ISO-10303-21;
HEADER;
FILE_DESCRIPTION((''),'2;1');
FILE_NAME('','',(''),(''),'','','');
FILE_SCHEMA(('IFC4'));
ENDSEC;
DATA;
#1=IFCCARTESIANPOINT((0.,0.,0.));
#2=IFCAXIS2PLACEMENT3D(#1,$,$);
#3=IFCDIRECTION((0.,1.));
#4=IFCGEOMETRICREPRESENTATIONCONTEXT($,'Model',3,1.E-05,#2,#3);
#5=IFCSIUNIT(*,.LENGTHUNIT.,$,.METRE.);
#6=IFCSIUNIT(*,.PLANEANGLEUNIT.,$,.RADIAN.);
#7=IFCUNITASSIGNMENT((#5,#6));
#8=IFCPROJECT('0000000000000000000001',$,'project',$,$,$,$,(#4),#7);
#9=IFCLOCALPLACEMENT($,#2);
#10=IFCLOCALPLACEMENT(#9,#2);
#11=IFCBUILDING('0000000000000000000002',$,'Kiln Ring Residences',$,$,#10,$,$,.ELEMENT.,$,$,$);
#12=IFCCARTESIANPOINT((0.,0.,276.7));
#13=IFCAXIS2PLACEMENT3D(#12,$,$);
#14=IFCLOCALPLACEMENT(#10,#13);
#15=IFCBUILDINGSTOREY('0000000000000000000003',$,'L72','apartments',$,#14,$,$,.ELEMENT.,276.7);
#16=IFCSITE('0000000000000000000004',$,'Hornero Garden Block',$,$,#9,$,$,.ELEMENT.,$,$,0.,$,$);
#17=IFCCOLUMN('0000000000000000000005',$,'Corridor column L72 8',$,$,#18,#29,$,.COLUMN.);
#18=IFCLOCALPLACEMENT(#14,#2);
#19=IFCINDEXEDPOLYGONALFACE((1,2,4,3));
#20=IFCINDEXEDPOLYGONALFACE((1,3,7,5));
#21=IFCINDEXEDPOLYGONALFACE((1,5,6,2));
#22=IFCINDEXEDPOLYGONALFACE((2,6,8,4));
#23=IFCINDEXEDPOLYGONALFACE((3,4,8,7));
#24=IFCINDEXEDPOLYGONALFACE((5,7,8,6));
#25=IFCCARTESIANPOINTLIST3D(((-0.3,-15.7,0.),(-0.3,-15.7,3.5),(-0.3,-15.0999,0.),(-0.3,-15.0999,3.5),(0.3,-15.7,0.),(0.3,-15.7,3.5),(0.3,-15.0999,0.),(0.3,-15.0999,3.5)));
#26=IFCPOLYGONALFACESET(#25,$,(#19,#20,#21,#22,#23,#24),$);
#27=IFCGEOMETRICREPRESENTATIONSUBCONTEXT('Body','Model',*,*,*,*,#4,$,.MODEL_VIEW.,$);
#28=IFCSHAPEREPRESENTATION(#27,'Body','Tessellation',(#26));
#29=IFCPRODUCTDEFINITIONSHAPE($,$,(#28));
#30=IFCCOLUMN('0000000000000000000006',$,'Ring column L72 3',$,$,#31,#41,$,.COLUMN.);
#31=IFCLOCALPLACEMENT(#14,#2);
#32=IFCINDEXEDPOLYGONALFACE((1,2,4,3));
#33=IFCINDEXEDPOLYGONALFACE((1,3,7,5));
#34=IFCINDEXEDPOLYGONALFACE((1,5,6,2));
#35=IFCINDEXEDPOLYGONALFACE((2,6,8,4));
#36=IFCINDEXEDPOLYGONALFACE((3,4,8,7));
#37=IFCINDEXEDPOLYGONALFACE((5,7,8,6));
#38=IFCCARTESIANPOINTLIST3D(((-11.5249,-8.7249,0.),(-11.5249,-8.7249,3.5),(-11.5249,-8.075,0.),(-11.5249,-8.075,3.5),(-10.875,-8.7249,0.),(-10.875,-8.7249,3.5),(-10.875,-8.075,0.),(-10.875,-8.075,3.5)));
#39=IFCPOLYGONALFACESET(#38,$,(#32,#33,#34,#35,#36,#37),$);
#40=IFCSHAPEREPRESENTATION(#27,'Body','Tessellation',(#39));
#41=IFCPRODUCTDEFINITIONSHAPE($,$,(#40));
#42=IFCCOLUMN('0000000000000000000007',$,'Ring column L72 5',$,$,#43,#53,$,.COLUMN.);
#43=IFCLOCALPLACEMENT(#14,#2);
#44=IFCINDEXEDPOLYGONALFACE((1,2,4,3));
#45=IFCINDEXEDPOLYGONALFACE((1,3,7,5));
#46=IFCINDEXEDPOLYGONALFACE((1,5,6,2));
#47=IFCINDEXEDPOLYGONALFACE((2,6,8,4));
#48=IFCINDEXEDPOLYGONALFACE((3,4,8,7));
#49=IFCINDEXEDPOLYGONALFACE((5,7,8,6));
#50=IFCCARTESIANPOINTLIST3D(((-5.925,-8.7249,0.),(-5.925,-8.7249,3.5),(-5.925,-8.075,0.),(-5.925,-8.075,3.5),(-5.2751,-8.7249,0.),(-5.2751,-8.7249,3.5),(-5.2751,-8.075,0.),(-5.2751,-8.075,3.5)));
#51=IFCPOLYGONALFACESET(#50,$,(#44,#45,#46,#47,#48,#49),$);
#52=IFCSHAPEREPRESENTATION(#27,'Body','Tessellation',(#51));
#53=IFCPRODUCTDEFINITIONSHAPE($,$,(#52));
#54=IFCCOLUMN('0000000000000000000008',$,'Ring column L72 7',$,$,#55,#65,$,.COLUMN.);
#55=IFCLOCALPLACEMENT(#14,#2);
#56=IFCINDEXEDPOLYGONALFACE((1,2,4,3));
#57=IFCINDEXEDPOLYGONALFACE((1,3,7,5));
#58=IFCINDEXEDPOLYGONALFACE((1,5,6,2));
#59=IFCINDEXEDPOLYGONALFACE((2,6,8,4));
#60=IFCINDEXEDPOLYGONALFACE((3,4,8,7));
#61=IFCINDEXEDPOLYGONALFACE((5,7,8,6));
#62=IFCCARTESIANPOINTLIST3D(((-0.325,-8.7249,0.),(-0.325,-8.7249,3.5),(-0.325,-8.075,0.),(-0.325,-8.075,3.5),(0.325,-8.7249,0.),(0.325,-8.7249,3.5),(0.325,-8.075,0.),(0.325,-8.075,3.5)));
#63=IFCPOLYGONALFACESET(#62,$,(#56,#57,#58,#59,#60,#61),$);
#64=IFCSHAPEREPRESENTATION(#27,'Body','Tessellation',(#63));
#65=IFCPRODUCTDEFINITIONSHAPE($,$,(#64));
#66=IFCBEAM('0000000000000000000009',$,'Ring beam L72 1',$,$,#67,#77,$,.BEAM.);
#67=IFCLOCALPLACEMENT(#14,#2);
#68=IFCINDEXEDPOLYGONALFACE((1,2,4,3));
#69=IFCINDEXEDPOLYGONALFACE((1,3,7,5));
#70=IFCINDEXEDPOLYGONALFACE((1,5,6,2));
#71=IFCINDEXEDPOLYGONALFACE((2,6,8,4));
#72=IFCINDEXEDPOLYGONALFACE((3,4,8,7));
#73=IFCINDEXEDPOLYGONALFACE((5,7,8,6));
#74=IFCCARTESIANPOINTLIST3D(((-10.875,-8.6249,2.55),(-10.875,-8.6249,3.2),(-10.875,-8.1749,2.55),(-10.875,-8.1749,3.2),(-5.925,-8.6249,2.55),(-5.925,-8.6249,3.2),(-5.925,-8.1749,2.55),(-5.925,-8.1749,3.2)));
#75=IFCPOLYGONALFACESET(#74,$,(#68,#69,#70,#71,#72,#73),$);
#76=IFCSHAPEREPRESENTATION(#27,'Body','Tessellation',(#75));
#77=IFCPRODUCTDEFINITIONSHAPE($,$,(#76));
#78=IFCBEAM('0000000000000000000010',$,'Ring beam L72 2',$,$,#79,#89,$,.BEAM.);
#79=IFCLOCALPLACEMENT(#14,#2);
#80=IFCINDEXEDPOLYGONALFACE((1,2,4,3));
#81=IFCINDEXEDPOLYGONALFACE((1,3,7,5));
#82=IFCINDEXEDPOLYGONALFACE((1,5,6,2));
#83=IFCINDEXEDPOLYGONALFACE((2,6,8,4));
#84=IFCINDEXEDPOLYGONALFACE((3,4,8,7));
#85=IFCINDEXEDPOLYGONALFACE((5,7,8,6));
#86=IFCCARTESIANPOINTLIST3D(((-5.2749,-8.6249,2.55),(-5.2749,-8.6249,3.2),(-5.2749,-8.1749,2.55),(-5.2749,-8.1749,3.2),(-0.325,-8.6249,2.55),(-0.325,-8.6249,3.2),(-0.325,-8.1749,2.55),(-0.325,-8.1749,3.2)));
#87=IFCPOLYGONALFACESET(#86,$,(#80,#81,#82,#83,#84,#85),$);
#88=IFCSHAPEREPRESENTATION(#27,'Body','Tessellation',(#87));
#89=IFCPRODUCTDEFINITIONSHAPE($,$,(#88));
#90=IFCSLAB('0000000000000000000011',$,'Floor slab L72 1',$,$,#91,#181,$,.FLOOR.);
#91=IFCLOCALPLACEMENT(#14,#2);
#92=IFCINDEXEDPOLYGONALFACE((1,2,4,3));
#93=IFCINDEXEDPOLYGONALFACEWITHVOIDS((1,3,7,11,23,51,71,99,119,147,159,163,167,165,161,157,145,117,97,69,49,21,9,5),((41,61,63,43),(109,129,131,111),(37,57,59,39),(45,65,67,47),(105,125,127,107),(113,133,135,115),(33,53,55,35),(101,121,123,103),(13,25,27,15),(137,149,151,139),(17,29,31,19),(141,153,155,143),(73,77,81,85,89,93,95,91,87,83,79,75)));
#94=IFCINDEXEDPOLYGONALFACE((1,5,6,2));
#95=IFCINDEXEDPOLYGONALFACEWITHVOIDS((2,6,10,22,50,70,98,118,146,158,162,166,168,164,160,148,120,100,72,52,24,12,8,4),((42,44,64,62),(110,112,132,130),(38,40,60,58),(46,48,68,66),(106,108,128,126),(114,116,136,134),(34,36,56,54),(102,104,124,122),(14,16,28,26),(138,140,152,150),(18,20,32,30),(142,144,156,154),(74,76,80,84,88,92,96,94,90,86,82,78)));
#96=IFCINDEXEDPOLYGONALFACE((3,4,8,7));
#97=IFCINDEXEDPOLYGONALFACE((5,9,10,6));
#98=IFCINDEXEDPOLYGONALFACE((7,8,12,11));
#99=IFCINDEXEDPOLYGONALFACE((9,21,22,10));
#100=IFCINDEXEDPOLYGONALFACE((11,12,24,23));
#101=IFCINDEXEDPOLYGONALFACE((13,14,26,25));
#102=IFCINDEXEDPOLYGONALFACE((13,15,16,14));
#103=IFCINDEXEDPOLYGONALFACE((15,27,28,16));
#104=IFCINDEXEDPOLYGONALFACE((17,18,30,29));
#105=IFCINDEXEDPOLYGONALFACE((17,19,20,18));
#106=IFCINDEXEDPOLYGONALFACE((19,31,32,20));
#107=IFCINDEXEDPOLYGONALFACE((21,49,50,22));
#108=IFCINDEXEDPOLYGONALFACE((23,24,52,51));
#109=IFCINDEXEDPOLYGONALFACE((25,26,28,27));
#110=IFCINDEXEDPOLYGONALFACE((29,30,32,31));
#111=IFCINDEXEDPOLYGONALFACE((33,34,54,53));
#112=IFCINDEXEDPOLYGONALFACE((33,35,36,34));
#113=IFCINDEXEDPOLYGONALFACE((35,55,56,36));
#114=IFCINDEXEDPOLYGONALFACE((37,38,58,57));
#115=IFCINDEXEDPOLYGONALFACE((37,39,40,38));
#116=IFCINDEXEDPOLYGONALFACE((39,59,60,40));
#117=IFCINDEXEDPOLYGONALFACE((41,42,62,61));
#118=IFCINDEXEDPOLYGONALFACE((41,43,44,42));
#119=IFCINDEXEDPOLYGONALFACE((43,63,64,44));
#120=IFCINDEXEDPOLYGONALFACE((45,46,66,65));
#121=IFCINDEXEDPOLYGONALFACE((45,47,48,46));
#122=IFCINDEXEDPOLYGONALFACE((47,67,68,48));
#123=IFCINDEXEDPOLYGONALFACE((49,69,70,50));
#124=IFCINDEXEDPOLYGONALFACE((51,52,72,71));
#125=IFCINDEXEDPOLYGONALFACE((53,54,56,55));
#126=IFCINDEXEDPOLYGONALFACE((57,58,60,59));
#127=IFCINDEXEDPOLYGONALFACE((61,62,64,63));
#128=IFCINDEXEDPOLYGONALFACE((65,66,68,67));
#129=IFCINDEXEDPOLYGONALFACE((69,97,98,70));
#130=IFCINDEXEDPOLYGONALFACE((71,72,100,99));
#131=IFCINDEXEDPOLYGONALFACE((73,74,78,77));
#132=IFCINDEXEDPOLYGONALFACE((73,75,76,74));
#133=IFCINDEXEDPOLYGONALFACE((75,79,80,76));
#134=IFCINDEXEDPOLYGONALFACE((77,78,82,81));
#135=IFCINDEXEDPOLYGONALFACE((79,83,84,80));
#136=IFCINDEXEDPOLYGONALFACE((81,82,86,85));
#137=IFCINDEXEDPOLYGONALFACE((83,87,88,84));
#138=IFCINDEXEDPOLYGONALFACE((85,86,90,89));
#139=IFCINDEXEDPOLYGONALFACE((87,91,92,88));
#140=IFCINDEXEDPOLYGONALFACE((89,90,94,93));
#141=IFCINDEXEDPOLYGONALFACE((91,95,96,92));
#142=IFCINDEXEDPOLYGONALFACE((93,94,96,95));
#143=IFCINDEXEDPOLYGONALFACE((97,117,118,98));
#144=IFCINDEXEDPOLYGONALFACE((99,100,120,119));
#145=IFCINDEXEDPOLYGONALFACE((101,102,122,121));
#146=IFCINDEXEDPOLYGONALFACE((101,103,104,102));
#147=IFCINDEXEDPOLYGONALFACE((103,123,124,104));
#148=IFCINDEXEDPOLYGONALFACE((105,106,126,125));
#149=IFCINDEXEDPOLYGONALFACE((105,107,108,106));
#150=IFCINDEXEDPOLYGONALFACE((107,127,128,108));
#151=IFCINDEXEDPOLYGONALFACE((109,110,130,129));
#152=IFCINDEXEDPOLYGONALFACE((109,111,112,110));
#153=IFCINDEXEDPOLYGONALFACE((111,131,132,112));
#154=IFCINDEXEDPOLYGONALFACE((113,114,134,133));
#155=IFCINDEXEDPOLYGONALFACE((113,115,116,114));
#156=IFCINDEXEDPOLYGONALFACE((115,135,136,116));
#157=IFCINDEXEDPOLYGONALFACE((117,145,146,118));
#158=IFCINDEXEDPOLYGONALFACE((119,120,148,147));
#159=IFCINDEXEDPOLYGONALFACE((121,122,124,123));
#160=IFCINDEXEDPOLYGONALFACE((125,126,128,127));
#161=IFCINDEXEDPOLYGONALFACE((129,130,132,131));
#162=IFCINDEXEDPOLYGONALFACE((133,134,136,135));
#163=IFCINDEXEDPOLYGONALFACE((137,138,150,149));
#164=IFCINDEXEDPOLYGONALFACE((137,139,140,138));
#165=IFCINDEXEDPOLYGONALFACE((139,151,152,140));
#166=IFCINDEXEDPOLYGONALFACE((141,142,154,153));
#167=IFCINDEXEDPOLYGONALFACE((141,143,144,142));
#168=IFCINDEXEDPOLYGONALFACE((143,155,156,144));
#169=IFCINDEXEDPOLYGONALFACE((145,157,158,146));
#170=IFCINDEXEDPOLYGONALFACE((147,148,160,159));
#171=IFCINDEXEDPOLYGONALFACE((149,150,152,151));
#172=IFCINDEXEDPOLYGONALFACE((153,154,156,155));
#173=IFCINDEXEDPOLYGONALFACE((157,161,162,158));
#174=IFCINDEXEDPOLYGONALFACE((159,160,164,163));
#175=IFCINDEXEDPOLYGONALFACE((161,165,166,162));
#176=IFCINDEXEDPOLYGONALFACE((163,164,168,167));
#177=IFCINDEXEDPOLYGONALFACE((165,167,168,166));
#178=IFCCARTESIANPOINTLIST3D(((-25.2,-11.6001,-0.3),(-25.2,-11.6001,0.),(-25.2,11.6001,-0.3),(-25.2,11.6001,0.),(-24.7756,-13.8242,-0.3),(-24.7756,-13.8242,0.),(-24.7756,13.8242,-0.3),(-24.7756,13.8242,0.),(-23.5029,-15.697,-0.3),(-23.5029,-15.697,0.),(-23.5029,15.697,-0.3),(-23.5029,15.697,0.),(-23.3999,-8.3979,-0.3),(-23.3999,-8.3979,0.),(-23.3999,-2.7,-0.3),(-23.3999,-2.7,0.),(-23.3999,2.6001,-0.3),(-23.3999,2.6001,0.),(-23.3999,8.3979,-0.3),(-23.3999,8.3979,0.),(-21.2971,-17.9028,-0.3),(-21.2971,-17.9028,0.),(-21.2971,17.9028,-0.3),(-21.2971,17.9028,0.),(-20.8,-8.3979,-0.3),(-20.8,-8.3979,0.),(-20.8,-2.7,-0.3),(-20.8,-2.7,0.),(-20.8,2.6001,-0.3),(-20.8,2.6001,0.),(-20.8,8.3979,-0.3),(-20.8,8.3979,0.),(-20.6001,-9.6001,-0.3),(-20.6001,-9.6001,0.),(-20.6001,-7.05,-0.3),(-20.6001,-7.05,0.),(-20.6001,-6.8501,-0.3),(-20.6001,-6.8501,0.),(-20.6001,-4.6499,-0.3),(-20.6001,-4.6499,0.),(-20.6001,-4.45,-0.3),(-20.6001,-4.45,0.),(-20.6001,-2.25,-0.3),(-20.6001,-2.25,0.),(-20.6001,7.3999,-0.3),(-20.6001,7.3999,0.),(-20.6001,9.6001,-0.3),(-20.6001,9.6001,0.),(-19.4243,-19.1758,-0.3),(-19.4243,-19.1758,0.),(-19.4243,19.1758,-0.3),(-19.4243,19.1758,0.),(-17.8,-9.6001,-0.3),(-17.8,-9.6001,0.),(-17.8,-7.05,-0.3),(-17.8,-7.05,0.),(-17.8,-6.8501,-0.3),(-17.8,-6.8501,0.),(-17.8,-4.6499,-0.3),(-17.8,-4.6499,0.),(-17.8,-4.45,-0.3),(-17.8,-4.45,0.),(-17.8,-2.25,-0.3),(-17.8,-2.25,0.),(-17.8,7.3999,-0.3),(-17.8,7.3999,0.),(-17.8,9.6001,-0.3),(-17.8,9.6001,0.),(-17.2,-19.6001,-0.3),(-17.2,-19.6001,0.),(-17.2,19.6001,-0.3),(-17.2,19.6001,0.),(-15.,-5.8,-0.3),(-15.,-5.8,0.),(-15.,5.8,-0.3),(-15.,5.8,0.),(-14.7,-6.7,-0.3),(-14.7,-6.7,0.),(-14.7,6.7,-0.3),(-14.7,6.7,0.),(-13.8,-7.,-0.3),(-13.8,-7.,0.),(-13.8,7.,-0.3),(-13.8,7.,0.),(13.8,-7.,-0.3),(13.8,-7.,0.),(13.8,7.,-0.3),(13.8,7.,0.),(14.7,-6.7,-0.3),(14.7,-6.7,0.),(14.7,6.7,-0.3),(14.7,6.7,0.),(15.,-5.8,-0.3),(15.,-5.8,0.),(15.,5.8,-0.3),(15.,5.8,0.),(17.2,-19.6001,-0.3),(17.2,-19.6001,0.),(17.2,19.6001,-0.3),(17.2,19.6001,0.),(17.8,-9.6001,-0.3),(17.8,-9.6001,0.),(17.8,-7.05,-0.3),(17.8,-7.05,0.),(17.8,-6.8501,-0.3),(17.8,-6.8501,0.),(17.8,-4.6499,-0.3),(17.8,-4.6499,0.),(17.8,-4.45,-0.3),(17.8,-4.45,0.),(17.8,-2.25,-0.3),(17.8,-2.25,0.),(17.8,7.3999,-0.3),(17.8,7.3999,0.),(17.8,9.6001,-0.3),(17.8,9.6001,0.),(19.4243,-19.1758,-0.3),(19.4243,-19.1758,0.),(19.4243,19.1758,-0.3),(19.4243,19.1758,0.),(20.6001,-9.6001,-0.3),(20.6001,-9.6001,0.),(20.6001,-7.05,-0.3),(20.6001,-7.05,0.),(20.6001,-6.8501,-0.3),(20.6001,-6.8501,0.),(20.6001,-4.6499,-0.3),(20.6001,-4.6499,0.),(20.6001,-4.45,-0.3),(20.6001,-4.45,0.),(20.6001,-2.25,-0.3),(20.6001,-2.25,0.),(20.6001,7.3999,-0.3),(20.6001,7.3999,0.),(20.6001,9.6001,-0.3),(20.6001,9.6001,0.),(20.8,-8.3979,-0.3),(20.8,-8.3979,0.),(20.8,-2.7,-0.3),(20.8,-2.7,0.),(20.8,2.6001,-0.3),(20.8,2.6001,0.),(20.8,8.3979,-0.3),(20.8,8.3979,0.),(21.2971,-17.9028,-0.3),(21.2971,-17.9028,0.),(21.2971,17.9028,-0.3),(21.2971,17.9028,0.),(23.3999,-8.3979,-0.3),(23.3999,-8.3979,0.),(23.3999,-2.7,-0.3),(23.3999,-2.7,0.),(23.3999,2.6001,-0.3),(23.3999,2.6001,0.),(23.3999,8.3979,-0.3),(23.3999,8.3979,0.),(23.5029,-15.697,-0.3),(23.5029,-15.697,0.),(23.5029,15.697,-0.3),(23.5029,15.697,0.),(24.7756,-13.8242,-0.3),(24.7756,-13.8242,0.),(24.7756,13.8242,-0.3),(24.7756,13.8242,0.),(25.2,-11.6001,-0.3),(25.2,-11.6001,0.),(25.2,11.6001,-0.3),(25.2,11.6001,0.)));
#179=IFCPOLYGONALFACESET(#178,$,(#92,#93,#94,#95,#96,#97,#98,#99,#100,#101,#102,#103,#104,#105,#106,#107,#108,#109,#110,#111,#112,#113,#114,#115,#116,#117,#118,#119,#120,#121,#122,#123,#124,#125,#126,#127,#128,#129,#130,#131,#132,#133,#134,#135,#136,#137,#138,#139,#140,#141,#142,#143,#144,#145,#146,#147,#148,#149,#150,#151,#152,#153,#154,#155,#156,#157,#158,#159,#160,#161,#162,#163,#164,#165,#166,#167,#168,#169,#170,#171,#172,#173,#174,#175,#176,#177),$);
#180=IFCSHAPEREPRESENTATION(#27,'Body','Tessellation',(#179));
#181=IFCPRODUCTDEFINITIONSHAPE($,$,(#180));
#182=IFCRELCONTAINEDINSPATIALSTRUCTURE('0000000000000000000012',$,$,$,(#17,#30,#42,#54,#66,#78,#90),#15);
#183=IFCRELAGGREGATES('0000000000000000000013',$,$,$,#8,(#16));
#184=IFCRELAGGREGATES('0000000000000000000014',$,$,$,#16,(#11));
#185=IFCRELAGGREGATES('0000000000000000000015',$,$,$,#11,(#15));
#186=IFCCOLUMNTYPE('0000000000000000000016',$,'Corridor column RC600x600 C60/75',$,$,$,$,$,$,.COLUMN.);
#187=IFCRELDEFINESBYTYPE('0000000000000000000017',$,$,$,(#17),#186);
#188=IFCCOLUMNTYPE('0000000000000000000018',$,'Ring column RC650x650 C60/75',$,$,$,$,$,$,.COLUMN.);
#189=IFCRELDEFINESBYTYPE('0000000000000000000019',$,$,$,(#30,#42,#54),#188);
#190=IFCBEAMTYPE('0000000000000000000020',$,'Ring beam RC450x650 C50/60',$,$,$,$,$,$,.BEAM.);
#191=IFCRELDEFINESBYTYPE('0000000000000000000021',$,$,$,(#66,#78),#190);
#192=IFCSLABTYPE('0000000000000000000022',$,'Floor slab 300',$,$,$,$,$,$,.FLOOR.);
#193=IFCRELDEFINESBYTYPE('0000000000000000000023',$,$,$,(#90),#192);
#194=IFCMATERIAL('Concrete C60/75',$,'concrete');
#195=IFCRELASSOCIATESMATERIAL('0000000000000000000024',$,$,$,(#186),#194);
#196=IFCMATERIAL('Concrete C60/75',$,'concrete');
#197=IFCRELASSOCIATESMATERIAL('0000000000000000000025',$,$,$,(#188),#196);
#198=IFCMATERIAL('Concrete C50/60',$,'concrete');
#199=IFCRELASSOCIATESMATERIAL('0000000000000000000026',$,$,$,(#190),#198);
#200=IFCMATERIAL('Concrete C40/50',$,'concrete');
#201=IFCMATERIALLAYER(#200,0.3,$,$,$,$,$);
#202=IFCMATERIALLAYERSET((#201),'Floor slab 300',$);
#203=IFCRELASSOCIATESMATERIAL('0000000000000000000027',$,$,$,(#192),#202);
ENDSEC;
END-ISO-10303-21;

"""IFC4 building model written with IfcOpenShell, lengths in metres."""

from ifc_helpers import new_model, si_unit, direction, frame, origin, origin_2d, place, context, subcontext, project, spatial, polyline, rectangle, outline, extrude, material, layer, layer_set, material_profile, profile_set, type_object, element, save


model = new_model("IFC4")

# Units and contexts
model_context = context("Model", 3, precision=1e-05, world=origin(), true_north=direction((0.0, 1.0)))
body_context = subcontext(model_context, "Body", "Model", "MODEL_VIEW")
ifc_project = project(units=[si_unit("LENGTHUNIT", "METRE"), si_unit("PLANEANGLEUNIT", "RADIAN")], contexts=[model_context])

# Site, building, storey
site_placement = place(None, origin())
site = spatial("IfcSite", under=ifc_project, at=site_placement, Name="Hornero Garden Block", CompositionType="ELEMENT", RefElevation=0.0)
building_placement = place(site_placement, origin())
building = spatial("IfcBuilding", under=site, at=building_placement, Name="Kiln Ring Residences", CompositionType="ELEMENT")
storey_placement = place(building_placement, frame((0.0, 0.0, 276.7)))
storey = spatial("IfcBuildingStorey", under=building, at=storey_placement, Name="L72", Description="apartments", CompositionType="ELEMENT", Elevation=276.7)

# Columns
ifc_material_1 = material(Name="Concrete C60/75", Category="concrete")
ifc_material_profile_1 = material_profile(ifc_material_1, rectangle(XDim=0.6001, YDim=0.6001, at=origin_2d()), Name="RC600x600")
ifc_profile_set_1 = profile_set([ifc_material_profile_1], Name="Concrete C60/75")
column_type_1 = type_object("IfcColumnType", Name="Corridor column RC600x600 C60/75", PredefinedType="COLUMN", material=ifc_profile_set_1)
column_placement = place(storey_placement, frame((0.0, -15.3999, 0.0), z_axis=(0.0, 0.0, 1.0), x_axis=(1.0, 0.0, 0.0)))
element("IfcColumn", 1, at=column_placement, inside=storey, type_object=column_type_1, Name="Corridor column L72 8", PredefinedType="COLUMN", context=body_context, shape_type="SweptSolid", body=[
    extrude(rectangle(XDim=0.6001, YDim=0.6001, at=origin_2d()), origin(), (0.0, 0.0, 1.0), 3.5),
])
ifc_material_2 = material(Name="Concrete C60/75", Category="concrete")
ifc_material_profile_2 = material_profile(ifc_material_2, rectangle(XDim=0.6499, YDim=0.6499, at=origin_2d()), Name="RC650x650")
ifc_profile_set_2 = profile_set([ifc_material_profile_2], Name="Concrete C60/75")
column_type_2 = type_object("IfcColumnType", Name="Ring column RC650x650 C60/75", PredefinedType="COLUMN", material=ifc_profile_set_2)
for number, where, z_axis, x_axis, name in (
    (2, (-11.2, -8.3999, 0.0), (0.0, 0.0, 1.0), (1.0, 0.0, 0.0), "Ring column L72 3"),
    (3, (-5.6001, -8.3999, 0.0), (0.0, 0.0, 1.0), (1.0, 0.0, 0.0), "Ring column L72 5"),
    (4, (0.0, -8.3999, 0.0), (0.0, 0.0, 1.0), (1.0, 0.0, 0.0), "Ring column L72 7"),
):
    element("IfcColumn", number, at=place(storey_placement, frame(where, z_axis=z_axis, x_axis=x_axis)), inside=storey, type_object=column_type_2, Name=name, PredefinedType="COLUMN", context=body_context, shape_type="SweptSolid", body=[
        extrude(rectangle(XDim=0.6499, YDim=0.6499, at=origin_2d()), origin(), (0.0, 0.0, 1.0), 3.5),
    ])

# Beams
ifc_material_3 = material(Name="Concrete C50/60", Category="concrete")
ifc_material_profile_3 = material_profile(ifc_material_3, rectangle(XDim=0.45, YDim=0.6499, at=origin_2d()), Name="RC450x650")
ifc_profile_set_3 = profile_set([ifc_material_profile_3], Name="Concrete C50/60")
beam_type = type_object("IfcBeamType", Name="Ring beam RC450x650 C50/60", PredefinedType="BEAM", material=ifc_profile_set_3)
for number, where, z_axis, x_axis, name in (
    (5, (-10.875, -8.3999, 2.875), (1.0, 0.0, 0.0), (0.0, 1.0, 0.0), "Ring beam L72 1"),
    (6, (-5.2749, -8.3999, 2.875), (1.0, 0.0, 0.0), (0.0, 1.0, 0.0), "Ring beam L72 2"),
):
    element("IfcBeam", number, at=place(storey_placement, frame(where, z_axis=z_axis, x_axis=x_axis)), inside=storey, type_object=beam_type, Name=name, PredefinedType="BEAM", context=body_context, shape_type="SweptSolid", body=[
        extrude(rectangle(XDim=0.45, YDim=0.6499, at=origin_2d()), origin(), (0.0, 0.0, 1.0), 4.95),
    ])

# Slab
ifc_material_4 = material(Name="Concrete C40/50", Category="concrete")
ifc_layer_1 = layer(ifc_material_4, 0.3)
ifc_layer_set_1 = layer_set([ifc_layer_1], Name="Floor slab 300")
slab_type = type_object("IfcSlabType", Name="Floor slab 300", PredefinedType="FLOOR", material=ifc_layer_set_1)
slab_placement = place(storey_placement, frame((0.0, 0.0, -0.3)))
element("IfcSlab", 7, at=slab_placement, inside=storey, type_object=slab_type, Name="Floor slab L72 1", PredefinedType="FLOOR", context=body_context, shape_type="SweptSolid", body=[
    extrude(outline(polyline([(-23.5029, -15.697), (-21.2971, -17.9028), (-19.4243, -19.1758), (-17.2, -19.6001), (17.2, -19.6001), (19.4243, -19.1758), (21.2971, -17.9028), (23.5029, -15.697), (24.7756, -13.8242), (25.2, -11.6001), (25.2, 11.6001), (24.7756, 13.8242), (23.5029, 15.697), (21.2971, 17.9028), (19.4243, 19.1758), (17.2, 19.6001), (-17.2, 19.6001), (-19.4243, 19.1758), (-21.2971, 17.9028), (-23.5029, 15.697), (-24.7756, 13.8242), (-25.2, 11.6001), (-25.2, -11.6001), (-24.7756, -13.8242), (-23.5029, -15.697)]), holes=[polyline([(-14.7, -6.7), (-15.0, -5.8), (-15.0, 5.8), (-14.7, 6.7), (-13.8, 7.0), (13.8, 7.0), (14.7, 6.7), (15.0, 5.8), (15.0, -5.8), (14.7, -6.7), (13.8, -7.0), (-13.8, -7.0), (-14.7, -6.7)]), polyline([(20.8, -8.3979), (20.8, -2.7), (23.3999, -2.7), (23.3999, -8.3979), (20.8, -8.3979)]), polyline([(20.8, 2.6001), (20.8, 8.3979), (23.3999, 8.3979), (23.3999, 2.6001), (20.8, 2.6001)]), polyline([(17.8, -6.8501), (17.8, -4.6499), (20.6001, -4.6499), (20.6001, -6.8501), (17.8, -6.8501)]), polyline([(17.8, 7.3999), (17.8, 9.6001), (20.6001, 9.6001), (20.6001, 7.3999), (17.8, 7.3999)]), polyline([(20.6001, -9.6001), (17.8, -9.6001), (17.8, -7.05), (20.6001, -7.05), (20.6001, -9.6001)]), polyline([(20.6001, -4.45), (17.8, -4.45), (17.8, -2.25), (20.6001, -2.25), (20.6001, -4.45)]), polyline([(-17.8, -7.05), (-17.8, -9.6001), (-20.6001, -9.6001), (-20.6001, -7.05), (-17.8, -7.05)]), polyline([(-17.8, -6.8501), (-20.6001, -6.8501), (-20.6001, -4.6499), (-17.8, -4.6499), (-17.8, -6.8501)]), polyline([(-17.8, -2.25), (-17.8, -4.45), (-20.6001, -4.45), (-20.6001, -2.25), (-17.8, -2.25)]), polyline([(-17.8, 7.3999), (-20.6001, 7.3999), (-20.6001, 9.6001), (-17.8, 9.6001), (-17.8, 7.3999)]), polyline([(-20.8, -8.3979), (-23.3999, -8.3979), (-23.3999, -2.7), (-20.8, -2.7), (-20.8, -8.3979)]), polyline([(-20.8, 2.6001), (-23.3999, 2.6001), (-23.3999, 8.3979), (-20.8, 8.3979), (-20.8, 2.6001)])]), origin(), (0.0, 0.0, 1.0), 0.3),
])

save(model, "model.ifc")
